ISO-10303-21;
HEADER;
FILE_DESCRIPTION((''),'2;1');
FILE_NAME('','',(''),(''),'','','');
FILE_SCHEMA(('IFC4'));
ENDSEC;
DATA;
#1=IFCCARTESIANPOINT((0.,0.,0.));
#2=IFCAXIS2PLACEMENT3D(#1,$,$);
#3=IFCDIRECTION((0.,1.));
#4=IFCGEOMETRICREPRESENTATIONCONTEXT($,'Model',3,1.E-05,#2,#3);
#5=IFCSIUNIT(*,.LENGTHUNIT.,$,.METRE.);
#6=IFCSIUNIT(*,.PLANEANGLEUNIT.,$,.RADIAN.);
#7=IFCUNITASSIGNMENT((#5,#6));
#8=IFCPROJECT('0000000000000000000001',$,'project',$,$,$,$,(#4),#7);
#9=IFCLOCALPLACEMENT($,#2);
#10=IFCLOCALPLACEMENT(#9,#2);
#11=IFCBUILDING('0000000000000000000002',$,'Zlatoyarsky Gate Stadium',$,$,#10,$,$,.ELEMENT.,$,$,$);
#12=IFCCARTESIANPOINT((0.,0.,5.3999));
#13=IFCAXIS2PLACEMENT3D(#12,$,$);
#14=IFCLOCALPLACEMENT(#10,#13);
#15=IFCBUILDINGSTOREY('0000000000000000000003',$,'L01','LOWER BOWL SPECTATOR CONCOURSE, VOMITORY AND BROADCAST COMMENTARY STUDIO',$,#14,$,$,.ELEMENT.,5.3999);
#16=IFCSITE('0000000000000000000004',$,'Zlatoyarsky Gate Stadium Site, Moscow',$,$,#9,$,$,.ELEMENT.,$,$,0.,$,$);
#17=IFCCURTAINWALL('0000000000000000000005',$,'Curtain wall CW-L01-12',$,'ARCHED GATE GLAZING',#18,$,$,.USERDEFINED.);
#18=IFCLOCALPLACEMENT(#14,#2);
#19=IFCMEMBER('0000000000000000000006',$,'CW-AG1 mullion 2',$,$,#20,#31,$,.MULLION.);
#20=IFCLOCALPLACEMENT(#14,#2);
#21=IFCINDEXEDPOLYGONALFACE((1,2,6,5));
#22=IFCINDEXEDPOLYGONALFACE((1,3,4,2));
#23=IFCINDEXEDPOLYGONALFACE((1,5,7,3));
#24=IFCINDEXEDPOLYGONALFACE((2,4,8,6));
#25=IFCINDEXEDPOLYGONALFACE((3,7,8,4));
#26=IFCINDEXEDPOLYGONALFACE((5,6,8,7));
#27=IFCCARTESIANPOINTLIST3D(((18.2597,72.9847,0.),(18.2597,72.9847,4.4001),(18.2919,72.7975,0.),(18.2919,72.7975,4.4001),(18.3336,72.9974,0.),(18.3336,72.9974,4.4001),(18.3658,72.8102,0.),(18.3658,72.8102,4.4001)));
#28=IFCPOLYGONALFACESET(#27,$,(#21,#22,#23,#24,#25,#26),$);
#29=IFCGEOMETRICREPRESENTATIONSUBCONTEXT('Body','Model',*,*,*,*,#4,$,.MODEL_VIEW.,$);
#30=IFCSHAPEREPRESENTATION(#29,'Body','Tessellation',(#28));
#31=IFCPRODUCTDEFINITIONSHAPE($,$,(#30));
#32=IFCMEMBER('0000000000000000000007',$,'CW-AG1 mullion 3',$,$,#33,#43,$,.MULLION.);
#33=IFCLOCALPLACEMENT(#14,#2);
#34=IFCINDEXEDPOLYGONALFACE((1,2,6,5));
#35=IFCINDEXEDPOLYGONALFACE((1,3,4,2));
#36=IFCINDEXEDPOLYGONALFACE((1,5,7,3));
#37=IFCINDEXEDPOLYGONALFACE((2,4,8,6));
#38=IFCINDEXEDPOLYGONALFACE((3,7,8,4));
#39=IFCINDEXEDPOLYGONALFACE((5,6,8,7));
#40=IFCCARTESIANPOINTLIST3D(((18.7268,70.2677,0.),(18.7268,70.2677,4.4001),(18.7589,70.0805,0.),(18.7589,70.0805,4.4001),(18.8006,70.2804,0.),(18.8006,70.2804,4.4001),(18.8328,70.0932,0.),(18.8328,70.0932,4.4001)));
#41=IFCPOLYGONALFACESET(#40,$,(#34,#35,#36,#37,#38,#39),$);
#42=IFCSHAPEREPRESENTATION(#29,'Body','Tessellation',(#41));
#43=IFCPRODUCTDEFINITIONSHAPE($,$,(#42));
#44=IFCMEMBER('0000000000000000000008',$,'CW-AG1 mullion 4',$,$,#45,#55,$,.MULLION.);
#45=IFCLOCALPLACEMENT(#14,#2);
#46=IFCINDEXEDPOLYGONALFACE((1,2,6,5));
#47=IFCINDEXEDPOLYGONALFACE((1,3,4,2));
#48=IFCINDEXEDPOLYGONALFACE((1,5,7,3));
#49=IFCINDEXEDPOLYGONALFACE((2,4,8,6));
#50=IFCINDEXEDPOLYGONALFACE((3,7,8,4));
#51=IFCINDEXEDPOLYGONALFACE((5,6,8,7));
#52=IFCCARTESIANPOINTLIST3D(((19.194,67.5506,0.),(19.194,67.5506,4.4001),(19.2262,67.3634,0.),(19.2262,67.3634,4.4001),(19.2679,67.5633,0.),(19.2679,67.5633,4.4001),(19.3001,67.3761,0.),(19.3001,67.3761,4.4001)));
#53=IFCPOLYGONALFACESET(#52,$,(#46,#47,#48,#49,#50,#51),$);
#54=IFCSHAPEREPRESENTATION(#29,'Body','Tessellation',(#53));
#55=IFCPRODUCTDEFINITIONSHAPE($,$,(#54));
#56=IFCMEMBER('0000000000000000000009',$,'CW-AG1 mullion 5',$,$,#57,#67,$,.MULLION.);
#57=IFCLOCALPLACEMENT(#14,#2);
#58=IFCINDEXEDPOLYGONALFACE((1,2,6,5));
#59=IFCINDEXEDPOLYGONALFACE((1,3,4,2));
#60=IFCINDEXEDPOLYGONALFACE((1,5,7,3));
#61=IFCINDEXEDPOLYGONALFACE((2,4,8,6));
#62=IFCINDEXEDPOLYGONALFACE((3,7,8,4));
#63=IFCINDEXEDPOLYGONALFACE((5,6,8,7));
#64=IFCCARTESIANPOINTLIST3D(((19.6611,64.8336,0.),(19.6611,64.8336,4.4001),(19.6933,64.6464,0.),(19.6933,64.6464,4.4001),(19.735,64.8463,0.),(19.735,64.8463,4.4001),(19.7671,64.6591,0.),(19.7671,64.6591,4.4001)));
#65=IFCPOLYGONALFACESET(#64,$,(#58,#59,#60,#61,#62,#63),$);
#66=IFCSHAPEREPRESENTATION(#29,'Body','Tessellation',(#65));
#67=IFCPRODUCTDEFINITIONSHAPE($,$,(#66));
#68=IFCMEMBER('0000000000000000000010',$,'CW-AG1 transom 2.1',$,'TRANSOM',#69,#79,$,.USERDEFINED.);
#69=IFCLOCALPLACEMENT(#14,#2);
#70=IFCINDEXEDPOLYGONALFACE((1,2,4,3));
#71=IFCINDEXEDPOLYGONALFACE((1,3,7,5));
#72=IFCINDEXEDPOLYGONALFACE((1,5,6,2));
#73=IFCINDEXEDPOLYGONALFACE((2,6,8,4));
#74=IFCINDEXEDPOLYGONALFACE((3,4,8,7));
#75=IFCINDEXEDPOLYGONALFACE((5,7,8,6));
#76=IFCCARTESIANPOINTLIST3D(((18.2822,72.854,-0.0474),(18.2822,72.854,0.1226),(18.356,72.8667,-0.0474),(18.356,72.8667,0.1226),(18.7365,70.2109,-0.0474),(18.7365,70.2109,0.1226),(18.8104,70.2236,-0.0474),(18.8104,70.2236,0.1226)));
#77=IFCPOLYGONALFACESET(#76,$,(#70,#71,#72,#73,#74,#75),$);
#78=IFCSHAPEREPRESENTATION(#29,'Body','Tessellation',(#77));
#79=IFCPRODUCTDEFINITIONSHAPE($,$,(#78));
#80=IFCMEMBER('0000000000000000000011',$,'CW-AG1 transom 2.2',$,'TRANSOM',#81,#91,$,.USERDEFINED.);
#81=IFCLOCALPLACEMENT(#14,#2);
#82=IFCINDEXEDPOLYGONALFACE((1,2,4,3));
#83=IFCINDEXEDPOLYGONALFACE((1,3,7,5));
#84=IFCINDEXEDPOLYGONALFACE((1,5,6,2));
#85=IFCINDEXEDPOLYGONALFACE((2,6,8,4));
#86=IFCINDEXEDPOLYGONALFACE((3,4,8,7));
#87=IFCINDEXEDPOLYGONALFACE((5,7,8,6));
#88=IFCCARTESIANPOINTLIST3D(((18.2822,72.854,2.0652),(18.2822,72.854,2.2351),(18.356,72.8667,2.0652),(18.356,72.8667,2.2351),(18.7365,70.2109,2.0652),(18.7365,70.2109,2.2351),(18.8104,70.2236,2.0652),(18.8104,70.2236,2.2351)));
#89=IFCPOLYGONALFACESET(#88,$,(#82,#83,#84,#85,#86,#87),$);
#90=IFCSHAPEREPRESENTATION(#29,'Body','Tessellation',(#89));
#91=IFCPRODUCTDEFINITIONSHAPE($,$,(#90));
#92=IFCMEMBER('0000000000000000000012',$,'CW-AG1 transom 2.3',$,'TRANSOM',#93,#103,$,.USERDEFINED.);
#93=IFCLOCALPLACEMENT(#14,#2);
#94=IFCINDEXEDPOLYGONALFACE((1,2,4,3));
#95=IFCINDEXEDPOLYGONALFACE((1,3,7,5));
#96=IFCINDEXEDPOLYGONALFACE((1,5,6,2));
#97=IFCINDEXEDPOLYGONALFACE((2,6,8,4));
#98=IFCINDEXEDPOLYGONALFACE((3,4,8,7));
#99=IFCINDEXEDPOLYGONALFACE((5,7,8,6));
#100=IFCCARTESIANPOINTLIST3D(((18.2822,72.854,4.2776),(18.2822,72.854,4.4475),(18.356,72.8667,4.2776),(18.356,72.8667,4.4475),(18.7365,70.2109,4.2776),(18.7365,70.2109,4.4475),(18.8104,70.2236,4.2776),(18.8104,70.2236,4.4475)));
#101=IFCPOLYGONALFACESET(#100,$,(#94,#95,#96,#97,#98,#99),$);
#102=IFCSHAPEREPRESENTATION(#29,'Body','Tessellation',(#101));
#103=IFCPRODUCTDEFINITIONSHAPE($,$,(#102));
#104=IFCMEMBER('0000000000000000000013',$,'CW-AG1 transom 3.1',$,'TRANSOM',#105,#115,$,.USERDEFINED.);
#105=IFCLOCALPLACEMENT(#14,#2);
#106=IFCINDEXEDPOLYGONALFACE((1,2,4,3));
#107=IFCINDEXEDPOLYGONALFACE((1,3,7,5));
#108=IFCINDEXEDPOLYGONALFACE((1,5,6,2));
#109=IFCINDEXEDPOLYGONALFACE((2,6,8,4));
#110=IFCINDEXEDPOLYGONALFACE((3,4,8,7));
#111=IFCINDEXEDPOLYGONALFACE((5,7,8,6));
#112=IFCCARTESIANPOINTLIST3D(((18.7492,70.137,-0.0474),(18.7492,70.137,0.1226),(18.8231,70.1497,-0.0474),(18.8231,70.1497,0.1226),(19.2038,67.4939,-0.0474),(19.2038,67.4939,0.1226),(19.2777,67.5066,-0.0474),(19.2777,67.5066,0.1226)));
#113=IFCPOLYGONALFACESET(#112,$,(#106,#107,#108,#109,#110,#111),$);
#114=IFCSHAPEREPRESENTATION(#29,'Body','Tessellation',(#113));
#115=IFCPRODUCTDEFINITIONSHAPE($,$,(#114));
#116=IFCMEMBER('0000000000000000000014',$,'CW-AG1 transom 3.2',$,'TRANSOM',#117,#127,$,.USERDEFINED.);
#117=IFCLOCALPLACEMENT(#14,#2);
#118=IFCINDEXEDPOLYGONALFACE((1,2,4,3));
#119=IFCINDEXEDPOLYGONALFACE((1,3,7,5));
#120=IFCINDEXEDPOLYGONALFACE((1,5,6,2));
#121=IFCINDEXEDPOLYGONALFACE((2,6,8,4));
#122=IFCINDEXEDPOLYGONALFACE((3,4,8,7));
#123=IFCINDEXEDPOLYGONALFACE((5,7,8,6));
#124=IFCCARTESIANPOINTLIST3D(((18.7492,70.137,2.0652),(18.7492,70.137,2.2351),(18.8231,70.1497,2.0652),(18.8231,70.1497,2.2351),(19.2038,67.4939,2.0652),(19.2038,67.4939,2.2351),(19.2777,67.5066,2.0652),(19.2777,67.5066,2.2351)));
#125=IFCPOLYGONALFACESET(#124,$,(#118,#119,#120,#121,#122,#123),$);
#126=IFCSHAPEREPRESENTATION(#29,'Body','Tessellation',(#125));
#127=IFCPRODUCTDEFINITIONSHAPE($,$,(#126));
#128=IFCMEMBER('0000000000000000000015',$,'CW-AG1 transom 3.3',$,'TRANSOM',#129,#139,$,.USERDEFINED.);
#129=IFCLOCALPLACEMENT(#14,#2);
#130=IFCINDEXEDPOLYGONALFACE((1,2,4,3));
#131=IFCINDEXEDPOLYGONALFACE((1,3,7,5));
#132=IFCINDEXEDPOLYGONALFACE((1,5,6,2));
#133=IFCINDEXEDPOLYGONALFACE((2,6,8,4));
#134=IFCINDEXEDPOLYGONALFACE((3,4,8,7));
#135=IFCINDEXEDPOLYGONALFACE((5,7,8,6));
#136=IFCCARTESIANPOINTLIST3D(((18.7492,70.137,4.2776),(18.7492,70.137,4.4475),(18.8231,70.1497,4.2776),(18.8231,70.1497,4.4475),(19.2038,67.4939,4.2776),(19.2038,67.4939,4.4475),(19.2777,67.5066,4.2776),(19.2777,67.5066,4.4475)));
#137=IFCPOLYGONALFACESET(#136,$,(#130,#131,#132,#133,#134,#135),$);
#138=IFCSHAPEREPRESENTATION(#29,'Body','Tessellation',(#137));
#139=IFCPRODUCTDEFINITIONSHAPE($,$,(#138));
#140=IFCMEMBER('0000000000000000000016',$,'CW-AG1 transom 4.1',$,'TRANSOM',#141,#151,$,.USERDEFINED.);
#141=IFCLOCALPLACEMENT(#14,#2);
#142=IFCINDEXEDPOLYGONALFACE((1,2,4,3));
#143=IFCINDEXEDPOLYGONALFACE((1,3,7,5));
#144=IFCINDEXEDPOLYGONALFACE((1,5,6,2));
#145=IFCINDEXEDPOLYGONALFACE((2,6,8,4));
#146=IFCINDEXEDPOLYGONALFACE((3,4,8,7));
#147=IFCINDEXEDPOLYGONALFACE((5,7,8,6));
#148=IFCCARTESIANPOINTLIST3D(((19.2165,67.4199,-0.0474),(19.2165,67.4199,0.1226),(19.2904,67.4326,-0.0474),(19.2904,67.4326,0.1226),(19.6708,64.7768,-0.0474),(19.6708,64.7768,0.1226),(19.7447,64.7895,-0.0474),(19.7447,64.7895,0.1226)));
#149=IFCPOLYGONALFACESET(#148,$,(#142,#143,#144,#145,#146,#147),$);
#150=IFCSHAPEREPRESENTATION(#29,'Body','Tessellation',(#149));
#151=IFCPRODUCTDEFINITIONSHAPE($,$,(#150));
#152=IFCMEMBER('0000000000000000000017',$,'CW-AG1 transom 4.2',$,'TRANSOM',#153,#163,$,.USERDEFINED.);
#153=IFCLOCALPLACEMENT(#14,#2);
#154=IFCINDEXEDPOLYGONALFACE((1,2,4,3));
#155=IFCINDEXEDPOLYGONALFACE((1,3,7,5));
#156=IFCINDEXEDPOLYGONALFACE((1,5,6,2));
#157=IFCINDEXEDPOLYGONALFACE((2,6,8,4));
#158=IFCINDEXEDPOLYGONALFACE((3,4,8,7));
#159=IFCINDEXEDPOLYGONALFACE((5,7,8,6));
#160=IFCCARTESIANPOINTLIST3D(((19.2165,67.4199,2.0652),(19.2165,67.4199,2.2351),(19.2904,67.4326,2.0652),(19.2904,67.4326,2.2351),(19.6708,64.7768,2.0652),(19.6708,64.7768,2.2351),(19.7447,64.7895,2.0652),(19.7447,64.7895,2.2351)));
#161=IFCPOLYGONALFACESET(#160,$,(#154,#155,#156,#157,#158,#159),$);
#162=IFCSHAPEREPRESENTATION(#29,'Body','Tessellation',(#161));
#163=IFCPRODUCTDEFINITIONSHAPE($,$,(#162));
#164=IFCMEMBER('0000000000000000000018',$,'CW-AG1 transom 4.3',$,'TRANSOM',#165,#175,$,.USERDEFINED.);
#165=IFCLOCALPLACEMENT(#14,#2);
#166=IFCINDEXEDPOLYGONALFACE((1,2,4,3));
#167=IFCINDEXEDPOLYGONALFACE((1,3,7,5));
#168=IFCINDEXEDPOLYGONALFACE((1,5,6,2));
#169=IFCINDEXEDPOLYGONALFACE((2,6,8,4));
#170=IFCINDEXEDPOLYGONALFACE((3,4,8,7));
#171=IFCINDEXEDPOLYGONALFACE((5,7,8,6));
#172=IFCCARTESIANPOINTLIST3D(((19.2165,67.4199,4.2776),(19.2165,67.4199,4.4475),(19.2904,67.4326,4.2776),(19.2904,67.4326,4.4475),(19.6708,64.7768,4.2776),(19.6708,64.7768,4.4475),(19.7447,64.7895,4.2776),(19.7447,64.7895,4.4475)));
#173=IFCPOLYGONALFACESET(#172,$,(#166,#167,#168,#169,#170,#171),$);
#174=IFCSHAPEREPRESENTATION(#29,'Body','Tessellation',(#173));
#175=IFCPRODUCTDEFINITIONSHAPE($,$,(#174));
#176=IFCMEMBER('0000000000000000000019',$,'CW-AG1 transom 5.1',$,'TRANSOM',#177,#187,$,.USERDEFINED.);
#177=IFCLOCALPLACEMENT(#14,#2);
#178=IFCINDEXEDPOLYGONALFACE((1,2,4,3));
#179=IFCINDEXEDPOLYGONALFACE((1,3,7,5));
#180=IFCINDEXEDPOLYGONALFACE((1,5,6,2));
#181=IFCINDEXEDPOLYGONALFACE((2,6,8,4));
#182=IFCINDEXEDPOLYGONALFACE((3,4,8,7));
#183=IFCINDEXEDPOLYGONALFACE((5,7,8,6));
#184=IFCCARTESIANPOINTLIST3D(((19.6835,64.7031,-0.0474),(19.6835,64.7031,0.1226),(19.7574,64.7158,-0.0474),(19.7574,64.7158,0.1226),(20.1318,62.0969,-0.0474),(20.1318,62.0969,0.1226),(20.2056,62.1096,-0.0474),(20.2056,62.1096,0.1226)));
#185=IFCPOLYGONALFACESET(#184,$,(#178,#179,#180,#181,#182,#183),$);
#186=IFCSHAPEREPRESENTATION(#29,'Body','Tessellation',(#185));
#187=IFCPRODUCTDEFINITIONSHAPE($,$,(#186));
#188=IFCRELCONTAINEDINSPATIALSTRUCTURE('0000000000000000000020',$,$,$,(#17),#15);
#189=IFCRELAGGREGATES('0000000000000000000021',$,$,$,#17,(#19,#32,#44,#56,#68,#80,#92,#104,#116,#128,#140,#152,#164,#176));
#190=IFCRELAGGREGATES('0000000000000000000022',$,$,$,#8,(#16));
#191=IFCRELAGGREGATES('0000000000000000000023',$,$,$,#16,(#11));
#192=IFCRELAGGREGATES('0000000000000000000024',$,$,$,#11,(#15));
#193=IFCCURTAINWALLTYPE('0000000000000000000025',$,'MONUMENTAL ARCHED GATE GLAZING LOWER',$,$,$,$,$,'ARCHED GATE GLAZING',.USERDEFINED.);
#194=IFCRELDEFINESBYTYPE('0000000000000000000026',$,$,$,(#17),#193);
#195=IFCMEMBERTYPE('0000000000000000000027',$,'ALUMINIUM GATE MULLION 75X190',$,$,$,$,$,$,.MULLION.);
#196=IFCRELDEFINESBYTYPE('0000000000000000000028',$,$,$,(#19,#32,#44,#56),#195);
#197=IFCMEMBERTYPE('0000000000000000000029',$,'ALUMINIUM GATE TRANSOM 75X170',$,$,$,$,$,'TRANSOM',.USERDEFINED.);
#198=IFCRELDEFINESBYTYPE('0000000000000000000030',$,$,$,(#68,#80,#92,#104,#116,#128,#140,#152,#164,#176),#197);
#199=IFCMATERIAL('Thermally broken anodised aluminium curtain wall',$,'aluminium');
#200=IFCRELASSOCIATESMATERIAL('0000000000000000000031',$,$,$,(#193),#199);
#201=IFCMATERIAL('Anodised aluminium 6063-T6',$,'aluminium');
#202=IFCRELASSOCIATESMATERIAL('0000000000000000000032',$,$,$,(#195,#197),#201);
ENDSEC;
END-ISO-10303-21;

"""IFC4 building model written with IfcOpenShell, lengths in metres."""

from ifc_helpers import new_model, si_unit, direction, frame, origin, origin_2d, place, context, subcontext, project, spatial, rectangle, extrude, material, material_profile, profile_set, type_object, element, aggregate, save


model = new_model("IFC4")

# Units and contexts
model_context = context("Model", 3, precision=1e-05, world=origin(), true_north=direction((0.0, 1.0)))
body_context = subcontext(model_context, "Body", "Model", "MODEL_VIEW")
ifc_project = project(units=[si_unit("LENGTHUNIT", "METRE"), si_unit("PLANEANGLEUNIT", "RADIAN")], contexts=[model_context])

# Site, building, storey
site_placement = place(None, origin())
site = spatial("IfcSite", under=ifc_project, at=site_placement, Name="Zlatoyarsky Gate Stadium Site, Moscow", CompositionType="ELEMENT", RefElevation=0.0)
building_placement = place(site_placement, origin())
building = spatial("IfcBuilding", under=site, at=building_placement, Name="Zlatoyarsky Gate Stadium", CompositionType="ELEMENT")
storey_placement = place(building_placement, frame((0.0, 0.0, 5.3999)))
storey = spatial("IfcBuildingStorey", under=building, at=storey_placement, Name="L01", Description="LOWER BOWL SPECTATOR CONCOURSE, VOMITORY AND BROADCAST COMMENTARY STUDIO", CompositionType="ELEMENT", Elevation=5.3999)

# Curtain wall, members
ifc_material_1 = material(Name="Thermally broken anodised aluminium curtain wall", Category="aluminium")
curtain_wall_type = type_object("IfcCurtainWallType", Name="MONUMENTAL ARCHED GATE GLAZING LOWER", ElementType="ARCHED GATE GLAZING", PredefinedType="USERDEFINED", material=ifc_material_1)
curtain_wall_placement = place(storey_placement, origin())
curtain_wall = element("IfcCurtainWall", 1, at=curtain_wall_placement, inside=storey, type_object=curtain_wall_type, Name="Curtain wall CW-L01-12", ObjectType="ARCHED GATE GLAZING", PredefinedType="USERDEFINED")
ifc_material_2 = material(Name="Anodised aluminium 6063-T6", Category="aluminium")
ifc_material_profile_1 = material_profile(ifc_material_2, rectangle(XDim=0.075, YDim=0.1899, at=origin_2d()), Name="ALU 75X190")
ifc_profile_set_1 = profile_set([ifc_material_profile_1], Name="Anodised aluminium 6063-T6")
member_type_1 = type_object("IfcMemberType", Name="ALUMINIUM GATE MULLION 75X190", PredefinedType="MULLION", material=ifc_profile_set_1)
member_1_placement = place(storey_placement, frame((18.3127, 72.8975, 0.0), z_axis=(0.0, 0.0, 1.0), x_axis=(0.985538, 0.169452, 0.0)))
member_1 = element("IfcMember", 2, at=member_1_placement, type_object=member_type_1, Name="CW-AG1 mullion 2", PredefinedType="MULLION", context=body_context, shape_type="SweptSolid", body=[
    extrude(rectangle(XDim=0.075, YDim=0.1899, at=origin_2d()), origin(), (0.0, 0.0, 1.0), 4.4001),
])
member_2_placement = place(storey_placement, frame((18.7798, 70.1804, 0.0), z_axis=(0.0, 0.0, 1.0), x_axis=(0.985538, 0.169452, 0.0)))
member_2 = element("IfcMember", 3, at=member_2_placement, type_object=member_type_1, Name="CW-AG1 mullion 3", PredefinedType="MULLION", context=body_context, shape_type="SweptSolid", body=[
    extrude(rectangle(XDim=0.075, YDim=0.1899, at=origin_2d()), origin(), (0.0, 0.0, 1.0), 4.4001),
])
member_3_placement = place(storey_placement, frame((19.2471, 67.4634, 0.0), z_axis=(0.0, 0.0, 1.0), x_axis=(0.985538, 0.169452, 0.0)))
member_3 = element("IfcMember", 4, at=member_3_placement, type_object=member_type_1, Name="CW-AG1 mullion 4", PredefinedType="MULLION", context=body_context, shape_type="SweptSolid", body=[
    extrude(rectangle(XDim=0.075, YDim=0.1899, at=origin_2d()), origin(), (0.0, 0.0, 1.0), 4.4001),
])
member_4_placement = place(storey_placement, frame((19.7141, 64.7463, 0.0), z_axis=(0.0, 0.0, 1.0), x_axis=(0.985538, 0.169452, 0.0)))
member_4 = element("IfcMember", 5, at=member_4_placement, type_object=member_type_1, Name="CW-AG1 mullion 5", PredefinedType="MULLION", context=body_context, shape_type="SweptSolid", body=[
    extrude(rectangle(XDim=0.075, YDim=0.1899, at=origin_2d()), origin(), (0.0, 0.0, 1.0), 4.4001),
])
ifc_material_profile_2 = material_profile(ifc_material_2, rectangle(XDim=0.075, YDim=0.1699, at=origin_2d()), Name="ALU 75X170")
ifc_profile_set_2 = profile_set([ifc_material_profile_2], Name="Anodised aluminium 6063-T6")
member_type_2 = type_object("IfcMemberType", Name="ALUMINIUM GATE TRANSOM 75X170", ElementType="TRANSOM", PredefinedType="USERDEFINED", material=ifc_profile_set_2)
member_5_placement = place(storey_placement, frame((18.3191, 72.8604, 0.0376), z_axis=(0.169416, -0.985545, 0.0), x_axis=(0.985545, 0.169416, 0.0)))
member_5 = element("IfcMember", 6, at=member_5_placement, type_object=member_type_2, Name="CW-AG1 transom 2.1", ObjectType="TRANSOM", PredefinedType="USERDEFINED", context=body_context, shape_type="SweptSolid", body=[
    extrude(rectangle(XDim=0.075, YDim=0.1699, at=origin_2d()), origin(), (0.0, 0.0, 1.0), 2.6819),
])
member_6_placement = place(storey_placement, frame((18.3191, 72.8604, 2.1501), z_axis=(0.169416, -0.985545, 0.0), x_axis=(0.985545, 0.169416, 0.0)))
member_6 = element("IfcMember", 7, at=member_6_placement, type_object=member_type_2, Name="CW-AG1 transom 2.2", ObjectType="TRANSOM", PredefinedType="USERDEFINED", context=body_context, shape_type="SweptSolid", body=[
    extrude(rectangle(XDim=0.075, YDim=0.1699, at=origin_2d()), origin(), (0.0, 0.0, 1.0), 2.6819),
])
member_7_placement = place(storey_placement, frame((18.3191, 72.8604, 4.3625), z_axis=(0.169416, -0.985545, 0.0), x_axis=(0.985545, 0.169416, 0.0)))
member_7 = element("IfcMember", 8, at=member_7_placement, type_object=member_type_2, Name="CW-AG1 transom 2.3", ObjectType="TRANSOM", PredefinedType="USERDEFINED", context=body_context, shape_type="SweptSolid", body=[
    extrude(rectangle(XDim=0.075, YDim=0.1699, at=origin_2d()), origin(), (0.0, 0.0, 1.0), 2.6819),
])
member_8_placement = place(storey_placement, frame((18.7861, 70.1433, 0.0376), z_axis=(0.169505, -0.985529, 0.0), x_axis=(0.985529, 0.169505, 0.0)))
member_8 = element("IfcMember", 9, at=member_8_placement, type_object=member_type_2, Name="CW-AG1 transom 3.1", ObjectType="TRANSOM", PredefinedType="USERDEFINED", context=body_context, shape_type="SweptSolid", body=[
    extrude(rectangle(XDim=0.075, YDim=0.1699, at=origin_2d()), origin(), (0.0, 0.0, 1.0), 2.6819),
])
member_9_placement = place(storey_placement, frame((18.7861, 70.1433, 2.1501), z_axis=(0.169505, -0.985529, 0.0), x_axis=(0.985529, 0.169505, 0.0)))
member_9 = element("IfcMember", 10, at=member_9_placement, type_object=member_type_2, Name="CW-AG1 transom 3.2", ObjectType="TRANSOM", PredefinedType="USERDEFINED", context=body_context, shape_type="SweptSolid", body=[
    extrude(rectangle(XDim=0.075, YDim=0.1699, at=origin_2d()), origin(), (0.0, 0.0, 1.0), 2.6819),
])
member_10_placement = place(storey_placement, frame((18.7861, 70.1433, 4.3625), z_axis=(0.169505, -0.985529, 0.0), x_axis=(0.985529, 0.169505, 0.0)))
member_10 = element("IfcMember", 11, at=member_10_placement, type_object=member_type_2, Name="CW-AG1 transom 3.3", ObjectType="TRANSOM", PredefinedType="USERDEFINED", context=body_context, shape_type="SweptSolid", body=[
    extrude(rectangle(XDim=0.075, YDim=0.1699, at=origin_2d()), origin(), (0.0, 0.0, 1.0), 2.6819),
])
member_11_placement = place(storey_placement, frame((19.2534, 67.4263, 0.0376), z_axis=(0.169416, -0.985545, 0.0), x_axis=(0.985545, 0.169416, 0.0)))
member_11 = element("IfcMember", 12, at=member_11_placement, type_object=member_type_2, Name="CW-AG1 transom 4.1", ObjectType="TRANSOM", PredefinedType="USERDEFINED", context=body_context, shape_type="SweptSolid", body=[
    extrude(rectangle(XDim=0.075, YDim=0.1699, at=origin_2d()), origin(), (0.0, 0.0, 1.0), 2.6819),
])
member_12_placement = place(storey_placement, frame((19.2534, 67.4263, 2.1501), z_axis=(0.169416, -0.985545, 0.0), x_axis=(0.985545, 0.169416, 0.0)))
member_12 = element("IfcMember", 13, at=member_12_placement, type_object=member_type_2, Name="CW-AG1 transom 4.2", ObjectType="TRANSOM", PredefinedType="USERDEFINED", context=body_context, shape_type="SweptSolid", body=[
    extrude(rectangle(XDim=0.075, YDim=0.1699, at=origin_2d()), origin(), (0.0, 0.0, 1.0), 2.6819),
])
member_13_placement = place(storey_placement, frame((19.2534, 67.4263, 4.3625), z_axis=(0.169416, -0.985545, 0.0), x_axis=(0.985545, 0.169416, 0.0)))
member_13 = element("IfcMember", 14, at=member_13_placement, type_object=member_type_2, Name="CW-AG1 transom 4.3", ObjectType="TRANSOM", PredefinedType="USERDEFINED", context=body_context, shape_type="SweptSolid", body=[
    extrude(rectangle(XDim=0.075, YDim=0.1699, at=origin_2d()), origin(), (0.0, 0.0, 1.0), 2.6819),
])
member_14_placement = place(storey_placement, frame((19.7205, 64.7095, 0.0376), z_axis=(0.169502, -0.98553, 0.0), x_axis=(0.98553, 0.169502, 0.0)))
member_14 = element("IfcMember", 15, at=member_14_placement, type_object=member_type_2, Name="CW-AG1 transom 5.1", ObjectType="TRANSOM", PredefinedType="USERDEFINED", context=body_context, shape_type="SweptSolid", body=[
    extrude(rectangle(XDim=0.075, YDim=0.1699, at=origin_2d()), origin(), (0.0, 0.0, 1.0), 2.6445),
])
aggregate(curtain_wall, [member_1, member_2, member_3, member_4, member_5, member_6, member_7, member_8, member_9, member_10, member_11, member_12, member_13, member_14])

save(model, "model.ifc")
